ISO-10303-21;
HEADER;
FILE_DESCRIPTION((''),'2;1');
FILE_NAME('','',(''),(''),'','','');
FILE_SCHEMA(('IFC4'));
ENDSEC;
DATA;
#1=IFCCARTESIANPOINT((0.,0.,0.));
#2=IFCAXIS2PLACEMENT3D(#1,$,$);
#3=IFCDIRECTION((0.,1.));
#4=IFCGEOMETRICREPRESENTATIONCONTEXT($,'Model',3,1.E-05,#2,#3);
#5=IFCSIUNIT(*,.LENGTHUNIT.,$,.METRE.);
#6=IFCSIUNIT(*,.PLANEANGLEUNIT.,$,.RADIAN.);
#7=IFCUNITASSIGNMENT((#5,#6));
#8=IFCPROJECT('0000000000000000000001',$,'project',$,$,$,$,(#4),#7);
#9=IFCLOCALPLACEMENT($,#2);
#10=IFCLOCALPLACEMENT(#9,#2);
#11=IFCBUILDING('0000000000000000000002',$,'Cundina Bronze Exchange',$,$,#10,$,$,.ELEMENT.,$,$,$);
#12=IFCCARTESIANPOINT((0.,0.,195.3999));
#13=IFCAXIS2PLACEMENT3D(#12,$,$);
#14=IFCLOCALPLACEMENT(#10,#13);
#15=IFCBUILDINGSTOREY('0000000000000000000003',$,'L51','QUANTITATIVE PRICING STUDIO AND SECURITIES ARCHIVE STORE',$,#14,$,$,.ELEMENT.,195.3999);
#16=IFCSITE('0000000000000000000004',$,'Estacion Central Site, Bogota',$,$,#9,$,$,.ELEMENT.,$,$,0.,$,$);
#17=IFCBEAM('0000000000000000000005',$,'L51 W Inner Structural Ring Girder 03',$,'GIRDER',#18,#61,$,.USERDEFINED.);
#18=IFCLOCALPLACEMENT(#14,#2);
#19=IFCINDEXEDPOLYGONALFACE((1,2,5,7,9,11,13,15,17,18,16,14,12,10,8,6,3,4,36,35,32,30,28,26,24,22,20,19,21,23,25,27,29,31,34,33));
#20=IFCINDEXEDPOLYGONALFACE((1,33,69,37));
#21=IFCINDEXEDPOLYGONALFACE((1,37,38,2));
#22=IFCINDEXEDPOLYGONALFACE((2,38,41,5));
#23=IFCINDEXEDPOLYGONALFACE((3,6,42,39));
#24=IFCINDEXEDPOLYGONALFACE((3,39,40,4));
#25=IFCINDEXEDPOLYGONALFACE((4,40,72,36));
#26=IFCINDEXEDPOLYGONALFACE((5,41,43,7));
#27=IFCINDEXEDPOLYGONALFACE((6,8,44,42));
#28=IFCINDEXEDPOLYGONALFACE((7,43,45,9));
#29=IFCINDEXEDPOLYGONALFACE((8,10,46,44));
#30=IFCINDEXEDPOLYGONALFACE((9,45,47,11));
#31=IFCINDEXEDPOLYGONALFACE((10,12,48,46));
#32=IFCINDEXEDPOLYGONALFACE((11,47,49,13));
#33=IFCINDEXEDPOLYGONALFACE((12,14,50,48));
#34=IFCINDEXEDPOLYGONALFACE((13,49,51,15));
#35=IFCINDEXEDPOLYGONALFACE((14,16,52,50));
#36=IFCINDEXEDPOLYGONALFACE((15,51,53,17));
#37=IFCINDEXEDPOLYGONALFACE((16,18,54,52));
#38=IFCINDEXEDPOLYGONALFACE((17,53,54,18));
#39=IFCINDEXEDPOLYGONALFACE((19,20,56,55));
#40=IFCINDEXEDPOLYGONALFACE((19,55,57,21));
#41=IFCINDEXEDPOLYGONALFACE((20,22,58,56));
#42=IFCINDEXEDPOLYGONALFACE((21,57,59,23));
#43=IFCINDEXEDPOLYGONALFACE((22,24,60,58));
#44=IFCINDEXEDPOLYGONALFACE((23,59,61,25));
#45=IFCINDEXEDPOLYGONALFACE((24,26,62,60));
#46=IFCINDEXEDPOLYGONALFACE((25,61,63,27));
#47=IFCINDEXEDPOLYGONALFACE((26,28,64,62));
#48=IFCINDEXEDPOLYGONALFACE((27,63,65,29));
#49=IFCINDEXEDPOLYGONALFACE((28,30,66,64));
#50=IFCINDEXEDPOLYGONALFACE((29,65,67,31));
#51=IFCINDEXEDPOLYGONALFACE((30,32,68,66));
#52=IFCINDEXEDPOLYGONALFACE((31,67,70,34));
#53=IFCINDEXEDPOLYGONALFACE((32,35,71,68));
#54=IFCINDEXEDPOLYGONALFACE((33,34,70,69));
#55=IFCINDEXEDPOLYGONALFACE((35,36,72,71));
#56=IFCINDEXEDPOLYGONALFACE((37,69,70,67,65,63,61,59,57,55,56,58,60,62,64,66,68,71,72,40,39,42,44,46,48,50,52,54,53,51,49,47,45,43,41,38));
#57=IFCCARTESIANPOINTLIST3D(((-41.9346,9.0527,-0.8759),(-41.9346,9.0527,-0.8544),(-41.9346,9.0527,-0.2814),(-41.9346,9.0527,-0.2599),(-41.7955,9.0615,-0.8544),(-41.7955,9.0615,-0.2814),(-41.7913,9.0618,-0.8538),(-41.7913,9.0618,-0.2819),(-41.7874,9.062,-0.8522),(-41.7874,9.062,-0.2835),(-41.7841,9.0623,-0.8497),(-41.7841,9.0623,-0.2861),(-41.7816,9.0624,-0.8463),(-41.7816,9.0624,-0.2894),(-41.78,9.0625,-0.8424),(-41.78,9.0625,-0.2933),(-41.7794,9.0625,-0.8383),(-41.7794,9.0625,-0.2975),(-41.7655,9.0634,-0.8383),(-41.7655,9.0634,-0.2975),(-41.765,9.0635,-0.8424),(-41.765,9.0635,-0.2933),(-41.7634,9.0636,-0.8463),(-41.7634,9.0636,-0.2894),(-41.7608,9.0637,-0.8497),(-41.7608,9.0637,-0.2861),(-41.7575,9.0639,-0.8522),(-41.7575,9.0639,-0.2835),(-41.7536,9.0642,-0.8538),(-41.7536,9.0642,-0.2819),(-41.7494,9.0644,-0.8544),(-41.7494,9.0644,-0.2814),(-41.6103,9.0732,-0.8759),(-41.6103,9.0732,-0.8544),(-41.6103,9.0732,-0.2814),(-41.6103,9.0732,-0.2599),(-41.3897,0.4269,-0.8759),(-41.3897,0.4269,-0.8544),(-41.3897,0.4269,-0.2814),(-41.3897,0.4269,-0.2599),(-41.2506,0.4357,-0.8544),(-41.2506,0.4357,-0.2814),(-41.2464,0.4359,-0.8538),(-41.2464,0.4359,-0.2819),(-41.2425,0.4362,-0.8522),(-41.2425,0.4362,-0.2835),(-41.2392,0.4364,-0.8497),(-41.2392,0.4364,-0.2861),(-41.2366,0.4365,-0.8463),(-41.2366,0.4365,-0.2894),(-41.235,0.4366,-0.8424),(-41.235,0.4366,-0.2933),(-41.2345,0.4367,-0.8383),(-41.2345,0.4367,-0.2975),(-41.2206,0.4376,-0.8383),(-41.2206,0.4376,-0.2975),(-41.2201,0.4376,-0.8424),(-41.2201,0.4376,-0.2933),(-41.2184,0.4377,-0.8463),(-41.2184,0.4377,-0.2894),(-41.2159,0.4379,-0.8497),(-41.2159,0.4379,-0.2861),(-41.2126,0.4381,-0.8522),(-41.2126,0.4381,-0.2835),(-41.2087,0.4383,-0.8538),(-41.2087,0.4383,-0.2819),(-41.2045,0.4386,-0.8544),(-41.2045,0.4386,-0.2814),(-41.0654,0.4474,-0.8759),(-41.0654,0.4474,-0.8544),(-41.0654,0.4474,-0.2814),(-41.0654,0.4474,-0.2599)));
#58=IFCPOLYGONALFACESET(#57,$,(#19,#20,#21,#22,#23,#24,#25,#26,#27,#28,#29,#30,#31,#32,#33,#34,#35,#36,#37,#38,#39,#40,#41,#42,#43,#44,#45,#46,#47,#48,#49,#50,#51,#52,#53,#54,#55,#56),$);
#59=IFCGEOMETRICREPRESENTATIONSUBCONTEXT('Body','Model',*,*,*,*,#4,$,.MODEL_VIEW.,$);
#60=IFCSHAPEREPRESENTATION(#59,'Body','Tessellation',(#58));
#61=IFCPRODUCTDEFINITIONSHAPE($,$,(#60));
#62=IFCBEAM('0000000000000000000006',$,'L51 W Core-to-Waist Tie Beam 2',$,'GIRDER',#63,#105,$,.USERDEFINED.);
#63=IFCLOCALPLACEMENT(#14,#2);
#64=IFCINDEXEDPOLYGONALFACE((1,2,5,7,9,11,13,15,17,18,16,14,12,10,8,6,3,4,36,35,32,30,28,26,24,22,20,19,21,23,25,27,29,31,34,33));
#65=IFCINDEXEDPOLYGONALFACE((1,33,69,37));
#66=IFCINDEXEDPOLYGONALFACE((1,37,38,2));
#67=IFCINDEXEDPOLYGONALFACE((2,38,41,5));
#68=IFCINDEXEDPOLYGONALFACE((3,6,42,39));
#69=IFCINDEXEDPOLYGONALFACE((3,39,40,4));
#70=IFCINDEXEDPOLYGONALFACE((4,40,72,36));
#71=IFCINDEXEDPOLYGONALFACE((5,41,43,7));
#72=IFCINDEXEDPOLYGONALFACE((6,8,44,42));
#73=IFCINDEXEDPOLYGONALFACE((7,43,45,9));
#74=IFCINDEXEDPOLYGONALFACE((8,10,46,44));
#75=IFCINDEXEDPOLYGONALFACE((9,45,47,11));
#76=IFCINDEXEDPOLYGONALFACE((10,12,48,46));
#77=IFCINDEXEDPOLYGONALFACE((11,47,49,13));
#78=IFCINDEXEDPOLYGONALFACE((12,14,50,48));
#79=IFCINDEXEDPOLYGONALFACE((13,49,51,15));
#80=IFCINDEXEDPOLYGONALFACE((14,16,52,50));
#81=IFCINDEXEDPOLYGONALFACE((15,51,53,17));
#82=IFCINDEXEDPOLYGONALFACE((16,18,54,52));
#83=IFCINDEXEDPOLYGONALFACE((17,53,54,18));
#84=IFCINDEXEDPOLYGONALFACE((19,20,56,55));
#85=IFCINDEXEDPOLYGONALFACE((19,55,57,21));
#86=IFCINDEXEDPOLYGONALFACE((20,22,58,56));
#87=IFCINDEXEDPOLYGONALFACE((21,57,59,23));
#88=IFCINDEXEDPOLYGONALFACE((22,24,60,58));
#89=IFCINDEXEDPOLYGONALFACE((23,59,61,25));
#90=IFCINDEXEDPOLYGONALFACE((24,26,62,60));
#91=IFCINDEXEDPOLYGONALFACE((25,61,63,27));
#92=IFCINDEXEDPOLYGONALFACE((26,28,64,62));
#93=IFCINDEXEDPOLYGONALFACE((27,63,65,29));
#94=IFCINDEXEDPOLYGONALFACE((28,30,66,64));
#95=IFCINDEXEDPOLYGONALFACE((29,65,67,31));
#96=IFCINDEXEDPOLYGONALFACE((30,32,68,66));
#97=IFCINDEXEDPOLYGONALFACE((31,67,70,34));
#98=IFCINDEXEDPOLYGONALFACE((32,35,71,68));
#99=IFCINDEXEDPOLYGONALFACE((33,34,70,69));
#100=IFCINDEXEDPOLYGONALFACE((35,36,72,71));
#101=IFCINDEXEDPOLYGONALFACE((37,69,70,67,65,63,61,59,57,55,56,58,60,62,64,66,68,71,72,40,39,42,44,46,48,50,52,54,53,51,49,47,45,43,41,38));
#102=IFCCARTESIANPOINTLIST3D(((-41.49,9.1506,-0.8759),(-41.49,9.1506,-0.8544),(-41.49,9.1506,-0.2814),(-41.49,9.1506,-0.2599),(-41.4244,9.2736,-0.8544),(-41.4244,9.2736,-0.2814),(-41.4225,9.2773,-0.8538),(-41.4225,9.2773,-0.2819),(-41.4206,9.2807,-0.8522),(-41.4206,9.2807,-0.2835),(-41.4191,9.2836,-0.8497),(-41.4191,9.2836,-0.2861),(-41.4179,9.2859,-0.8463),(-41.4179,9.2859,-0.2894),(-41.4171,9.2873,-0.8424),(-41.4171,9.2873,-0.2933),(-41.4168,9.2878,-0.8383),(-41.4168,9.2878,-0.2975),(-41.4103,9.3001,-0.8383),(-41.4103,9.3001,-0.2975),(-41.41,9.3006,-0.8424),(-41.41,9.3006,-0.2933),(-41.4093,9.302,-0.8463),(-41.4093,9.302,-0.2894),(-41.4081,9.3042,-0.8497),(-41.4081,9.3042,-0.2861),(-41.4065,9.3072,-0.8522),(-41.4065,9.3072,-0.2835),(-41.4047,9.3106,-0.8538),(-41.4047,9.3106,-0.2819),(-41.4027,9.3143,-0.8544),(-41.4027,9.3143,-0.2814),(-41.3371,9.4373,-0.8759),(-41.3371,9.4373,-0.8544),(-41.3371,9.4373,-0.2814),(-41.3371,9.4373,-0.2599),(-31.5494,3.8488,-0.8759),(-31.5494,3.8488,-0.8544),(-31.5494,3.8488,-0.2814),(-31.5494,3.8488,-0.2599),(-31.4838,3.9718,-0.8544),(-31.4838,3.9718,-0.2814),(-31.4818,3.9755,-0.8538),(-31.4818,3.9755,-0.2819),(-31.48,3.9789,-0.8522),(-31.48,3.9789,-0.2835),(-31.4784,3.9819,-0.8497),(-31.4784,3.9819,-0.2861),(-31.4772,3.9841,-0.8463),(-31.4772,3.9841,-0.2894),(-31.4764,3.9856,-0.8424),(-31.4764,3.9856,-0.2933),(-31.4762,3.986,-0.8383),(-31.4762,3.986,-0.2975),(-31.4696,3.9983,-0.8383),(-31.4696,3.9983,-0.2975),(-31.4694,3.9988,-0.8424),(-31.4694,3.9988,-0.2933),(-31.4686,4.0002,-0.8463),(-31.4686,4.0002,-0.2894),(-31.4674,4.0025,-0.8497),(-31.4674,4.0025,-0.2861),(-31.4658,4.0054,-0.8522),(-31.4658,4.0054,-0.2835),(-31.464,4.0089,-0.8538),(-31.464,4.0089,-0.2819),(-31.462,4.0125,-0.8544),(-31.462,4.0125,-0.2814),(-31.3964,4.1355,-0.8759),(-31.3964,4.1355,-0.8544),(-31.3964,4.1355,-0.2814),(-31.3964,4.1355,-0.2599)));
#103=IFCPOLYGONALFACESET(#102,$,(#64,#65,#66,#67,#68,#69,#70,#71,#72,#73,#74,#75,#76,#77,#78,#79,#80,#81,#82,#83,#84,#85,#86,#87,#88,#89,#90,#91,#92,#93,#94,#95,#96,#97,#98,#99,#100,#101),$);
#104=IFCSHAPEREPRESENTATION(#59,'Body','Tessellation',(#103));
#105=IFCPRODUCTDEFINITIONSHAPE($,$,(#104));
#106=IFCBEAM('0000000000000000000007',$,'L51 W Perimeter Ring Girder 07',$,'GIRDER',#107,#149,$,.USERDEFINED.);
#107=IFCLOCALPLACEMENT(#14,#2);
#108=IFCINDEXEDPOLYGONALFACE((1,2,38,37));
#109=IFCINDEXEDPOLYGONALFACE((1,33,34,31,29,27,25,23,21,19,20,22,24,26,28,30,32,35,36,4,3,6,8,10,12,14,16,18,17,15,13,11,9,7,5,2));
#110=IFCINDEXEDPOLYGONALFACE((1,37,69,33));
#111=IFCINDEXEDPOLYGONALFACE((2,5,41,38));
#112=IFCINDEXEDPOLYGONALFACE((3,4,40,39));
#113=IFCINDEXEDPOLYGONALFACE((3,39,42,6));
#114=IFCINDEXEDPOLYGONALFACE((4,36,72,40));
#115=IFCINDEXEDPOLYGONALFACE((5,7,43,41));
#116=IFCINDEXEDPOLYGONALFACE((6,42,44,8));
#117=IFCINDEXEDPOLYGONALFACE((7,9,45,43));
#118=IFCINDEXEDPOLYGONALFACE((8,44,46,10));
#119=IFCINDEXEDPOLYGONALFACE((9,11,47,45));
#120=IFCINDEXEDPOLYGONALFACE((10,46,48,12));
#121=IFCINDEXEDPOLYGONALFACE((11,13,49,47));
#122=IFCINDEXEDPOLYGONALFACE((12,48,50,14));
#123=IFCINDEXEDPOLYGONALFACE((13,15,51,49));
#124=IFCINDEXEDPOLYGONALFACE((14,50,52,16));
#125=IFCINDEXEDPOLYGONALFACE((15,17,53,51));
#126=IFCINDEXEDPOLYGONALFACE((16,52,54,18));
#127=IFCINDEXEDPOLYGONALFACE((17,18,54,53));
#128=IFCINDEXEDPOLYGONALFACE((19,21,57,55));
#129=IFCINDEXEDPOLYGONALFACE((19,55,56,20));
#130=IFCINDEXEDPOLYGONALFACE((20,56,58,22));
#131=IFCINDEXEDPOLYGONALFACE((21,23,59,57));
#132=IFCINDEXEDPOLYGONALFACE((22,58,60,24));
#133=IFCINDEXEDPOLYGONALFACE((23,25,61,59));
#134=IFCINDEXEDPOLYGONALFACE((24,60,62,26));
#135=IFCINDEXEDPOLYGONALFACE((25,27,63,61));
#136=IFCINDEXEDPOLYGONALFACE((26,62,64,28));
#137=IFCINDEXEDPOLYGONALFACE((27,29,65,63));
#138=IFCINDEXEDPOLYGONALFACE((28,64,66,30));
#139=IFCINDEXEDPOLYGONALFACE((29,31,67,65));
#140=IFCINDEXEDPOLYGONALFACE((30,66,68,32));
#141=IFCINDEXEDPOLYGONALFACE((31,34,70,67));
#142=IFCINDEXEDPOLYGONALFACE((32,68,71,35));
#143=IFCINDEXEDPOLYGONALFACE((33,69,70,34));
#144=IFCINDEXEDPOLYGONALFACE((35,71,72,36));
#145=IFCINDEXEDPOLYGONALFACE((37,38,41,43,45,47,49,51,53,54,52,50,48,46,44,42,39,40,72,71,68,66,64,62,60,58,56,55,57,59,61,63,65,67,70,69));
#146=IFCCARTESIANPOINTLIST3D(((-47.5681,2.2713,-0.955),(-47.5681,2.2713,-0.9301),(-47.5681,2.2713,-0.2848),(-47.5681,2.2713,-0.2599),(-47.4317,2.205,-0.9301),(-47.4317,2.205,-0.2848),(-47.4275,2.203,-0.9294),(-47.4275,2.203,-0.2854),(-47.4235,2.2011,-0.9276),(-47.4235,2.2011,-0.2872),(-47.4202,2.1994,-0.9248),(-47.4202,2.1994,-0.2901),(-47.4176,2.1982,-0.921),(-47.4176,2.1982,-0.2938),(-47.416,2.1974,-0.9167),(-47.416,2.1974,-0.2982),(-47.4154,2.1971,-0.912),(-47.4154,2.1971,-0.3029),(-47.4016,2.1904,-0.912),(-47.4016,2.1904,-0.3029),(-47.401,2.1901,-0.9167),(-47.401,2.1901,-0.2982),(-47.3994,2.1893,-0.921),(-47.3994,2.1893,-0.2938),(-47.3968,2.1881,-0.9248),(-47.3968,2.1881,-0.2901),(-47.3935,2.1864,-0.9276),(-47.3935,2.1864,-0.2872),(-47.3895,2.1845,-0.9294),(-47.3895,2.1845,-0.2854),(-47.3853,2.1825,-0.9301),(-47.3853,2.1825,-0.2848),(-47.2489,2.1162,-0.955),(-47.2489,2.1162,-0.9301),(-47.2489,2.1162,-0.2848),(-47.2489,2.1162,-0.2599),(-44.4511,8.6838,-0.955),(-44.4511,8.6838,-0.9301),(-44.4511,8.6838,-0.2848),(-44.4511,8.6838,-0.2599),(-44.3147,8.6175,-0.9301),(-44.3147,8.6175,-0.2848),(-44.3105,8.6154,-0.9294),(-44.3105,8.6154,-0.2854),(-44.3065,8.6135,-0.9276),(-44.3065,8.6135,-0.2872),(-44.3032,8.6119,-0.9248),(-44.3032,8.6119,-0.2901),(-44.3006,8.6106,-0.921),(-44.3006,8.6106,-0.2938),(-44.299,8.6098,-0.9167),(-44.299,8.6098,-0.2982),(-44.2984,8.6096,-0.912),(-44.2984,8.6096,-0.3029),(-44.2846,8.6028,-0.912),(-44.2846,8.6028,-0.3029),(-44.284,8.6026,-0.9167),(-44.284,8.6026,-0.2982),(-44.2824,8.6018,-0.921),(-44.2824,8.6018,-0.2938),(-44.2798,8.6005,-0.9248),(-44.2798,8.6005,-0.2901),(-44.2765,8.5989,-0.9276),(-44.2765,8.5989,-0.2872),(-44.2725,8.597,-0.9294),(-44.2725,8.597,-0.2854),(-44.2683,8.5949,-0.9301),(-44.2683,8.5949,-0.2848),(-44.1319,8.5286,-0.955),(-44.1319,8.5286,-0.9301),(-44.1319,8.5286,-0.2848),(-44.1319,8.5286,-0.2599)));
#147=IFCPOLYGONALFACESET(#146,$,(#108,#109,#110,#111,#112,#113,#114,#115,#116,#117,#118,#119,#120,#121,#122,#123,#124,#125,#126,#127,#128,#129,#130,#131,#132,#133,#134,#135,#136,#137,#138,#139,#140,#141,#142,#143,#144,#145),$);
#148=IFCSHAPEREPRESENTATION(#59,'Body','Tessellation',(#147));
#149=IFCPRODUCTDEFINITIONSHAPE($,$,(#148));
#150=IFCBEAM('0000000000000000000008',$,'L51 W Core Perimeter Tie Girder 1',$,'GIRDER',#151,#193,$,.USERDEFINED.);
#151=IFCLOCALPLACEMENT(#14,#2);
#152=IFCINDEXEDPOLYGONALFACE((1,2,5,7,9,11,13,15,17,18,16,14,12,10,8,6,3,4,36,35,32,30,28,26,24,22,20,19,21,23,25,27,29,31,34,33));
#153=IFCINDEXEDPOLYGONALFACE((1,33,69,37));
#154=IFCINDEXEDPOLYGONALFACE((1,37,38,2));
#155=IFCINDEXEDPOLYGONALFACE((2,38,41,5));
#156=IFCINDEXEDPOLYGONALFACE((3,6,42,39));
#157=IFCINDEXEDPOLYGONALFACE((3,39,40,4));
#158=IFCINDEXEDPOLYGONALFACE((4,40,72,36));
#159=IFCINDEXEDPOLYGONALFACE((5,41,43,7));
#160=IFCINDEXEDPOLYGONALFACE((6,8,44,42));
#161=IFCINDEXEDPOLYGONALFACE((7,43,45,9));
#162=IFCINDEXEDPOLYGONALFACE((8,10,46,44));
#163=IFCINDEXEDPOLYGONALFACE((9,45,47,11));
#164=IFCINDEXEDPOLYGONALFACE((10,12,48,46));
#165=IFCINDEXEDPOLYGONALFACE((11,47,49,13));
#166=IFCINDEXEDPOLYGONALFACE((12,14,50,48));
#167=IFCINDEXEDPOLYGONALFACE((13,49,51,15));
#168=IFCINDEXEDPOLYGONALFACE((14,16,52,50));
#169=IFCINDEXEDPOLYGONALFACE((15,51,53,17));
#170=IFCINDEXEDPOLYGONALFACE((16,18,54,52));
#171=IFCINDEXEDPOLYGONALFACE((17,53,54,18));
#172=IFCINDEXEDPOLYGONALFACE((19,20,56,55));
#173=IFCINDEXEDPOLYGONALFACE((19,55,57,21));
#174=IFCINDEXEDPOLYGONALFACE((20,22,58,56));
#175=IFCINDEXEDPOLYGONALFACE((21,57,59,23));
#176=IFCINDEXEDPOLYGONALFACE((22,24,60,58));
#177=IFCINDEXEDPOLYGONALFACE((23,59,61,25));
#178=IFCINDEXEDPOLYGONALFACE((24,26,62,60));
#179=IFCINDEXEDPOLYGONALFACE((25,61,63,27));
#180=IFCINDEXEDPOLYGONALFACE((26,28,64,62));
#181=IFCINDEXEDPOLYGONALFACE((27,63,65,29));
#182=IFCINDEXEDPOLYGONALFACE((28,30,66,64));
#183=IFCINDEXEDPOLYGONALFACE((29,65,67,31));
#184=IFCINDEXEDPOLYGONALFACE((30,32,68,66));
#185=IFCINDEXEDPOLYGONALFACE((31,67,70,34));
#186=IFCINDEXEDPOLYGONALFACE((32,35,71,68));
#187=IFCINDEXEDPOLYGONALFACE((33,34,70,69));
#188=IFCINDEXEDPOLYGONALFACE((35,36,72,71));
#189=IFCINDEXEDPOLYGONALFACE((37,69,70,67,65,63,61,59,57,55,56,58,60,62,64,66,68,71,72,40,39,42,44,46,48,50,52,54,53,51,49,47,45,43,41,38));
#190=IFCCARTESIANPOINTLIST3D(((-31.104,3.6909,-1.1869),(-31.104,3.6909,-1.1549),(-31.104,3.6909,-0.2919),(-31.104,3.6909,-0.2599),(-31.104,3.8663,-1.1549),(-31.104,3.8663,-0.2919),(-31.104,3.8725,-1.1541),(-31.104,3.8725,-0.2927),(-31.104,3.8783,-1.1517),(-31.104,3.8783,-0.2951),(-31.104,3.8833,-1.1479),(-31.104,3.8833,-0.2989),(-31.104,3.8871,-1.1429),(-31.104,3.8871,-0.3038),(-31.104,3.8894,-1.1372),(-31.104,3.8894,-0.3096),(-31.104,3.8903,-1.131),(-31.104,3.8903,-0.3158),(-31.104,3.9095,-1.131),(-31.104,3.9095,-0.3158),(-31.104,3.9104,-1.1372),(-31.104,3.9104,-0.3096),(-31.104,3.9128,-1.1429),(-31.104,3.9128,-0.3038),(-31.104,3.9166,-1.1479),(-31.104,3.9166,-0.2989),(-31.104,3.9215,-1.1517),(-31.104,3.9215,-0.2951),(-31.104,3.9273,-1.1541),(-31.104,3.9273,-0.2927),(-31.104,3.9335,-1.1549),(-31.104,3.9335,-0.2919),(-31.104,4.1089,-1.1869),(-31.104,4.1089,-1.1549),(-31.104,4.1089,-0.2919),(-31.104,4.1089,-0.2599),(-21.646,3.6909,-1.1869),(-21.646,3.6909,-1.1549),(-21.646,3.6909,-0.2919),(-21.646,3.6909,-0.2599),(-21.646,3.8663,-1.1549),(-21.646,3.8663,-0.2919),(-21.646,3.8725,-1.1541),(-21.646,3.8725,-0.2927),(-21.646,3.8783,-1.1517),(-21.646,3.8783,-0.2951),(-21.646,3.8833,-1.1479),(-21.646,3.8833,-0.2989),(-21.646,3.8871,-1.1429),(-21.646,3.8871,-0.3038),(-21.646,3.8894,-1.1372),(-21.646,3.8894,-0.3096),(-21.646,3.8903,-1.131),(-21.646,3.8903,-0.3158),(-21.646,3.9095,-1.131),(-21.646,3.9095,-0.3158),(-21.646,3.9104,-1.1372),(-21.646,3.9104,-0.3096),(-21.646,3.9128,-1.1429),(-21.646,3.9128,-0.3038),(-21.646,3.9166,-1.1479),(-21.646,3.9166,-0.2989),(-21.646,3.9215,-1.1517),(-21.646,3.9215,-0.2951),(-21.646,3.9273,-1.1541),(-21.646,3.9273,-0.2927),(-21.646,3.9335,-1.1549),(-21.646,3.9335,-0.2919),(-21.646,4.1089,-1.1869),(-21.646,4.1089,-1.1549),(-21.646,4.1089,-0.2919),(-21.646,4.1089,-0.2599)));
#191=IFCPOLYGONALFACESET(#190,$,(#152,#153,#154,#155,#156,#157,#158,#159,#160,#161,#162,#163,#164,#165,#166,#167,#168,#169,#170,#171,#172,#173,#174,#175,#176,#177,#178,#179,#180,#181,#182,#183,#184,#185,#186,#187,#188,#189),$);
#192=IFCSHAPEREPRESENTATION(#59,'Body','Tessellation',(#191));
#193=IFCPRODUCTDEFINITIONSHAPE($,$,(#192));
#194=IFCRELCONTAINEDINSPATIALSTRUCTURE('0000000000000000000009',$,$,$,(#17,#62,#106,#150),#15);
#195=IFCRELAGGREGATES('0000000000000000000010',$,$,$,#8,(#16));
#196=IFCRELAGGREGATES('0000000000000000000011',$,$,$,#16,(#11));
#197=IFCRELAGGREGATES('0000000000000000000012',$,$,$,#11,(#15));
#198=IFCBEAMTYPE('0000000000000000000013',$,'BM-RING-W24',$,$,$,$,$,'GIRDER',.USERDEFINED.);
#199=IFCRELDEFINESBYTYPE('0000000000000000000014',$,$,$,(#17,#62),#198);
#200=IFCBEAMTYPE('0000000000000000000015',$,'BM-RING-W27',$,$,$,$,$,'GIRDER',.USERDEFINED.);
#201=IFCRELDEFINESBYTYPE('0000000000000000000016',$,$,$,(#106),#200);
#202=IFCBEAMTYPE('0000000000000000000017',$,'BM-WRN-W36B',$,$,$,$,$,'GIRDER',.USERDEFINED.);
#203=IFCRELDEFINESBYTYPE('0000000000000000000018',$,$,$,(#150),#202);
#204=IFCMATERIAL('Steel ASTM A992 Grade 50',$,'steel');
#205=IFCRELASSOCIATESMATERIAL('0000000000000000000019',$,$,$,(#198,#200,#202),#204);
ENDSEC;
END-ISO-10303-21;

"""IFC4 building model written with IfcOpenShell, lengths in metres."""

from ifc_helpers import new_model, si_unit, direction, frame, origin, origin_2d, place, context, subcontext, project, spatial, i_section, extrude, material, material_profile, profile_set, type_object, element, save


model = new_model("IFC4")

# Units and contexts
model_context = context("Model", 3, precision=1e-05, world=origin(), true_north=direction((0.0, 1.0)))
body_context = subcontext(model_context, "Body", "Model", "MODEL_VIEW")
ifc_project = project(units=[si_unit("LENGTHUNIT", "METRE"), si_unit("PLANEANGLEUNIT", "RADIAN")], contexts=[model_context])

# Site, building, storey
site_placement = place(None, origin())
site = spatial("IfcSite", under=ifc_project, at=site_placement, Name="Estacion Central Site, Bogota", CompositionType="ELEMENT", RefElevation=0.0)
building_placement = place(site_placement, origin())
building = spatial("IfcBuilding", under=site, at=building_placement, Name="Cundina Bronze Exchange", CompositionType="ELEMENT")
storey_placement = place(building_placement, frame((0.0, 0.0, 195.3999)))
storey = spatial("IfcBuildingStorey", under=building, at=storey_placement, Name="L51", Description="QUANTITATIVE PRICING STUDIO AND SECURITIES ARCHIVE STORE", CompositionType="ELEMENT", Elevation=195.3999)

# Shared definitions
ifc_material_1 = material(Name="Steel ASTM A992 Grade 50", Category="steel")

# Beams
ifc_material_profile_1 = material_profile(ifc_material_1, i_section(OverallWidth=0.325, OverallDepth=0.616, WebThickness=0.0139, FlangeThickness=0.0215, FilletRadius=0.0161, at=origin_2d()), Name="W24X117", Category="steel")
ifc_profile_set_1 = profile_set([ifc_material_profile_1], Name="Steel ASTM A992 Grade 50")
beam_type_1 = type_object("IfcBeamType", Name="BM-RING-W24", ElementType="GIRDER", PredefinedType="USERDEFINED", material=ifc_profile_set_1)
beam_1_placement = place(storey_placement, frame((-41.7725, 9.063, -0.5679), z_axis=(0.063047, -0.998011, 0.0), x_axis=(0.998011, 0.063047, 0.0)))
element("IfcBeam", 1, at=beam_1_placement, inside=storey, type_object=beam_type_1, Name="L51 W Inner Structural Ring Girder 03", ObjectType="GIRDER", PredefinedType="USERDEFINED", context=body_context, shape_type="SweptSolid", body=[
    extrude(i_section(OverallWidth=0.325, OverallDepth=0.616, WebThickness=0.0139, FlangeThickness=0.0215, FilletRadius=0.0161, at=origin_2d()), origin(), (0.0, 0.0, 1.0), 8.6431),
])
beam_2_placement = place(storey_placement, frame((-31.4729, 3.9922, -0.5679), z_axis=(-0.882351, 0.470593, 0.0), x_axis=(-0.470593, -0.882351, 0.0)))
element("IfcBeam", 2, at=beam_2_placement, inside=storey, type_object=beam_type_1, Name="L51 W Core-to-Waist Tie Beam 2", ObjectType="GIRDER", PredefinedType="USERDEFINED", context=body_context, shape_type="SweptSolid", body=[
    extrude(i_section(OverallWidth=0.325, OverallDepth=0.616, WebThickness=0.0139, FlangeThickness=0.0215, FilletRadius=0.0161, at=origin_2d()), origin(), (0.0, 0.0, 1.0), 11.2661),
])
ifc_material_profile_2 = material_profile(ifc_material_1, i_section(OverallWidth=0.355, OverallDepth=0.6951, WebThickness=0.0154, FlangeThickness=0.0249, FilletRadius=0.0181, at=origin_2d()), Name="W27X146", Category="steel")
ifc_profile_set_2 = profile_set([ifc_material_profile_2], Name="Steel ASTM A992 Grade 50")
beam_type_2 = type_object("IfcBeamType", Name="BM-RING-W27", ElementType="GIRDER", PredefinedType="USERDEFINED", material=ifc_profile_set_2)
beam_3_placement = place(storey_placement, frame((-44.2915, 8.6062, -0.6074), z_axis=(-0.437173, -0.899377, 0.0), x_axis=(0.899377, -0.437173, 0.0)))
element("IfcBeam", 3, at=beam_3_placement, inside=storey, type_object=beam_type_2, Name="L51 W Perimeter Ring Girder 07", ObjectType="GIRDER", PredefinedType="USERDEFINED", context=body_context, shape_type="SweptSolid", body=[
    extrude(i_section(OverallWidth=0.355, OverallDepth=0.6951, WebThickness=0.0154, FlangeThickness=0.0249, FilletRadius=0.0181, at=origin_2d()), origin(), (0.0, 0.0, 1.0), 7.1299),
])
ifc_material_profile_3 = material_profile(ifc_material_1, i_section(OverallWidth=0.418, OverallDepth=0.927, WebThickness=0.0193, FlangeThickness=0.032, FilletRadius=0.0239, at=origin_2d()), Name="W36X231", Category="steel")
ifc_profile_set_3 = profile_set([ifc_material_profile_3], Name="Steel ASTM A992 Grade 50")
beam_type_3 = type_object("IfcBeamType", Name="BM-WRN-W36B", ElementType="GIRDER", PredefinedType="USERDEFINED", material=ifc_profile_set_3)
beam_4_placement = place(storey_placement, frame((-31.104, 3.8999, -0.7234), z_axis=(1.0, 0.0, 0.0), x_axis=(0.0, 1.0, 0.0)))
element("IfcBeam", 4, at=beam_4_placement, inside=storey, type_object=beam_type_3, Name="L51 W Core Perimeter Tie Girder 1", ObjectType="GIRDER", PredefinedType="USERDEFINED", context=body_context, shape_type="SweptSolid", body=[
    extrude(i_section(OverallWidth=0.418, OverallDepth=0.927, WebThickness=0.0193, FlangeThickness=0.032, FilletRadius=0.0239, at=origin_2d()), origin(), (0.0, 0.0, 1.0), 9.458),
])

save(model, "model.ifc")
